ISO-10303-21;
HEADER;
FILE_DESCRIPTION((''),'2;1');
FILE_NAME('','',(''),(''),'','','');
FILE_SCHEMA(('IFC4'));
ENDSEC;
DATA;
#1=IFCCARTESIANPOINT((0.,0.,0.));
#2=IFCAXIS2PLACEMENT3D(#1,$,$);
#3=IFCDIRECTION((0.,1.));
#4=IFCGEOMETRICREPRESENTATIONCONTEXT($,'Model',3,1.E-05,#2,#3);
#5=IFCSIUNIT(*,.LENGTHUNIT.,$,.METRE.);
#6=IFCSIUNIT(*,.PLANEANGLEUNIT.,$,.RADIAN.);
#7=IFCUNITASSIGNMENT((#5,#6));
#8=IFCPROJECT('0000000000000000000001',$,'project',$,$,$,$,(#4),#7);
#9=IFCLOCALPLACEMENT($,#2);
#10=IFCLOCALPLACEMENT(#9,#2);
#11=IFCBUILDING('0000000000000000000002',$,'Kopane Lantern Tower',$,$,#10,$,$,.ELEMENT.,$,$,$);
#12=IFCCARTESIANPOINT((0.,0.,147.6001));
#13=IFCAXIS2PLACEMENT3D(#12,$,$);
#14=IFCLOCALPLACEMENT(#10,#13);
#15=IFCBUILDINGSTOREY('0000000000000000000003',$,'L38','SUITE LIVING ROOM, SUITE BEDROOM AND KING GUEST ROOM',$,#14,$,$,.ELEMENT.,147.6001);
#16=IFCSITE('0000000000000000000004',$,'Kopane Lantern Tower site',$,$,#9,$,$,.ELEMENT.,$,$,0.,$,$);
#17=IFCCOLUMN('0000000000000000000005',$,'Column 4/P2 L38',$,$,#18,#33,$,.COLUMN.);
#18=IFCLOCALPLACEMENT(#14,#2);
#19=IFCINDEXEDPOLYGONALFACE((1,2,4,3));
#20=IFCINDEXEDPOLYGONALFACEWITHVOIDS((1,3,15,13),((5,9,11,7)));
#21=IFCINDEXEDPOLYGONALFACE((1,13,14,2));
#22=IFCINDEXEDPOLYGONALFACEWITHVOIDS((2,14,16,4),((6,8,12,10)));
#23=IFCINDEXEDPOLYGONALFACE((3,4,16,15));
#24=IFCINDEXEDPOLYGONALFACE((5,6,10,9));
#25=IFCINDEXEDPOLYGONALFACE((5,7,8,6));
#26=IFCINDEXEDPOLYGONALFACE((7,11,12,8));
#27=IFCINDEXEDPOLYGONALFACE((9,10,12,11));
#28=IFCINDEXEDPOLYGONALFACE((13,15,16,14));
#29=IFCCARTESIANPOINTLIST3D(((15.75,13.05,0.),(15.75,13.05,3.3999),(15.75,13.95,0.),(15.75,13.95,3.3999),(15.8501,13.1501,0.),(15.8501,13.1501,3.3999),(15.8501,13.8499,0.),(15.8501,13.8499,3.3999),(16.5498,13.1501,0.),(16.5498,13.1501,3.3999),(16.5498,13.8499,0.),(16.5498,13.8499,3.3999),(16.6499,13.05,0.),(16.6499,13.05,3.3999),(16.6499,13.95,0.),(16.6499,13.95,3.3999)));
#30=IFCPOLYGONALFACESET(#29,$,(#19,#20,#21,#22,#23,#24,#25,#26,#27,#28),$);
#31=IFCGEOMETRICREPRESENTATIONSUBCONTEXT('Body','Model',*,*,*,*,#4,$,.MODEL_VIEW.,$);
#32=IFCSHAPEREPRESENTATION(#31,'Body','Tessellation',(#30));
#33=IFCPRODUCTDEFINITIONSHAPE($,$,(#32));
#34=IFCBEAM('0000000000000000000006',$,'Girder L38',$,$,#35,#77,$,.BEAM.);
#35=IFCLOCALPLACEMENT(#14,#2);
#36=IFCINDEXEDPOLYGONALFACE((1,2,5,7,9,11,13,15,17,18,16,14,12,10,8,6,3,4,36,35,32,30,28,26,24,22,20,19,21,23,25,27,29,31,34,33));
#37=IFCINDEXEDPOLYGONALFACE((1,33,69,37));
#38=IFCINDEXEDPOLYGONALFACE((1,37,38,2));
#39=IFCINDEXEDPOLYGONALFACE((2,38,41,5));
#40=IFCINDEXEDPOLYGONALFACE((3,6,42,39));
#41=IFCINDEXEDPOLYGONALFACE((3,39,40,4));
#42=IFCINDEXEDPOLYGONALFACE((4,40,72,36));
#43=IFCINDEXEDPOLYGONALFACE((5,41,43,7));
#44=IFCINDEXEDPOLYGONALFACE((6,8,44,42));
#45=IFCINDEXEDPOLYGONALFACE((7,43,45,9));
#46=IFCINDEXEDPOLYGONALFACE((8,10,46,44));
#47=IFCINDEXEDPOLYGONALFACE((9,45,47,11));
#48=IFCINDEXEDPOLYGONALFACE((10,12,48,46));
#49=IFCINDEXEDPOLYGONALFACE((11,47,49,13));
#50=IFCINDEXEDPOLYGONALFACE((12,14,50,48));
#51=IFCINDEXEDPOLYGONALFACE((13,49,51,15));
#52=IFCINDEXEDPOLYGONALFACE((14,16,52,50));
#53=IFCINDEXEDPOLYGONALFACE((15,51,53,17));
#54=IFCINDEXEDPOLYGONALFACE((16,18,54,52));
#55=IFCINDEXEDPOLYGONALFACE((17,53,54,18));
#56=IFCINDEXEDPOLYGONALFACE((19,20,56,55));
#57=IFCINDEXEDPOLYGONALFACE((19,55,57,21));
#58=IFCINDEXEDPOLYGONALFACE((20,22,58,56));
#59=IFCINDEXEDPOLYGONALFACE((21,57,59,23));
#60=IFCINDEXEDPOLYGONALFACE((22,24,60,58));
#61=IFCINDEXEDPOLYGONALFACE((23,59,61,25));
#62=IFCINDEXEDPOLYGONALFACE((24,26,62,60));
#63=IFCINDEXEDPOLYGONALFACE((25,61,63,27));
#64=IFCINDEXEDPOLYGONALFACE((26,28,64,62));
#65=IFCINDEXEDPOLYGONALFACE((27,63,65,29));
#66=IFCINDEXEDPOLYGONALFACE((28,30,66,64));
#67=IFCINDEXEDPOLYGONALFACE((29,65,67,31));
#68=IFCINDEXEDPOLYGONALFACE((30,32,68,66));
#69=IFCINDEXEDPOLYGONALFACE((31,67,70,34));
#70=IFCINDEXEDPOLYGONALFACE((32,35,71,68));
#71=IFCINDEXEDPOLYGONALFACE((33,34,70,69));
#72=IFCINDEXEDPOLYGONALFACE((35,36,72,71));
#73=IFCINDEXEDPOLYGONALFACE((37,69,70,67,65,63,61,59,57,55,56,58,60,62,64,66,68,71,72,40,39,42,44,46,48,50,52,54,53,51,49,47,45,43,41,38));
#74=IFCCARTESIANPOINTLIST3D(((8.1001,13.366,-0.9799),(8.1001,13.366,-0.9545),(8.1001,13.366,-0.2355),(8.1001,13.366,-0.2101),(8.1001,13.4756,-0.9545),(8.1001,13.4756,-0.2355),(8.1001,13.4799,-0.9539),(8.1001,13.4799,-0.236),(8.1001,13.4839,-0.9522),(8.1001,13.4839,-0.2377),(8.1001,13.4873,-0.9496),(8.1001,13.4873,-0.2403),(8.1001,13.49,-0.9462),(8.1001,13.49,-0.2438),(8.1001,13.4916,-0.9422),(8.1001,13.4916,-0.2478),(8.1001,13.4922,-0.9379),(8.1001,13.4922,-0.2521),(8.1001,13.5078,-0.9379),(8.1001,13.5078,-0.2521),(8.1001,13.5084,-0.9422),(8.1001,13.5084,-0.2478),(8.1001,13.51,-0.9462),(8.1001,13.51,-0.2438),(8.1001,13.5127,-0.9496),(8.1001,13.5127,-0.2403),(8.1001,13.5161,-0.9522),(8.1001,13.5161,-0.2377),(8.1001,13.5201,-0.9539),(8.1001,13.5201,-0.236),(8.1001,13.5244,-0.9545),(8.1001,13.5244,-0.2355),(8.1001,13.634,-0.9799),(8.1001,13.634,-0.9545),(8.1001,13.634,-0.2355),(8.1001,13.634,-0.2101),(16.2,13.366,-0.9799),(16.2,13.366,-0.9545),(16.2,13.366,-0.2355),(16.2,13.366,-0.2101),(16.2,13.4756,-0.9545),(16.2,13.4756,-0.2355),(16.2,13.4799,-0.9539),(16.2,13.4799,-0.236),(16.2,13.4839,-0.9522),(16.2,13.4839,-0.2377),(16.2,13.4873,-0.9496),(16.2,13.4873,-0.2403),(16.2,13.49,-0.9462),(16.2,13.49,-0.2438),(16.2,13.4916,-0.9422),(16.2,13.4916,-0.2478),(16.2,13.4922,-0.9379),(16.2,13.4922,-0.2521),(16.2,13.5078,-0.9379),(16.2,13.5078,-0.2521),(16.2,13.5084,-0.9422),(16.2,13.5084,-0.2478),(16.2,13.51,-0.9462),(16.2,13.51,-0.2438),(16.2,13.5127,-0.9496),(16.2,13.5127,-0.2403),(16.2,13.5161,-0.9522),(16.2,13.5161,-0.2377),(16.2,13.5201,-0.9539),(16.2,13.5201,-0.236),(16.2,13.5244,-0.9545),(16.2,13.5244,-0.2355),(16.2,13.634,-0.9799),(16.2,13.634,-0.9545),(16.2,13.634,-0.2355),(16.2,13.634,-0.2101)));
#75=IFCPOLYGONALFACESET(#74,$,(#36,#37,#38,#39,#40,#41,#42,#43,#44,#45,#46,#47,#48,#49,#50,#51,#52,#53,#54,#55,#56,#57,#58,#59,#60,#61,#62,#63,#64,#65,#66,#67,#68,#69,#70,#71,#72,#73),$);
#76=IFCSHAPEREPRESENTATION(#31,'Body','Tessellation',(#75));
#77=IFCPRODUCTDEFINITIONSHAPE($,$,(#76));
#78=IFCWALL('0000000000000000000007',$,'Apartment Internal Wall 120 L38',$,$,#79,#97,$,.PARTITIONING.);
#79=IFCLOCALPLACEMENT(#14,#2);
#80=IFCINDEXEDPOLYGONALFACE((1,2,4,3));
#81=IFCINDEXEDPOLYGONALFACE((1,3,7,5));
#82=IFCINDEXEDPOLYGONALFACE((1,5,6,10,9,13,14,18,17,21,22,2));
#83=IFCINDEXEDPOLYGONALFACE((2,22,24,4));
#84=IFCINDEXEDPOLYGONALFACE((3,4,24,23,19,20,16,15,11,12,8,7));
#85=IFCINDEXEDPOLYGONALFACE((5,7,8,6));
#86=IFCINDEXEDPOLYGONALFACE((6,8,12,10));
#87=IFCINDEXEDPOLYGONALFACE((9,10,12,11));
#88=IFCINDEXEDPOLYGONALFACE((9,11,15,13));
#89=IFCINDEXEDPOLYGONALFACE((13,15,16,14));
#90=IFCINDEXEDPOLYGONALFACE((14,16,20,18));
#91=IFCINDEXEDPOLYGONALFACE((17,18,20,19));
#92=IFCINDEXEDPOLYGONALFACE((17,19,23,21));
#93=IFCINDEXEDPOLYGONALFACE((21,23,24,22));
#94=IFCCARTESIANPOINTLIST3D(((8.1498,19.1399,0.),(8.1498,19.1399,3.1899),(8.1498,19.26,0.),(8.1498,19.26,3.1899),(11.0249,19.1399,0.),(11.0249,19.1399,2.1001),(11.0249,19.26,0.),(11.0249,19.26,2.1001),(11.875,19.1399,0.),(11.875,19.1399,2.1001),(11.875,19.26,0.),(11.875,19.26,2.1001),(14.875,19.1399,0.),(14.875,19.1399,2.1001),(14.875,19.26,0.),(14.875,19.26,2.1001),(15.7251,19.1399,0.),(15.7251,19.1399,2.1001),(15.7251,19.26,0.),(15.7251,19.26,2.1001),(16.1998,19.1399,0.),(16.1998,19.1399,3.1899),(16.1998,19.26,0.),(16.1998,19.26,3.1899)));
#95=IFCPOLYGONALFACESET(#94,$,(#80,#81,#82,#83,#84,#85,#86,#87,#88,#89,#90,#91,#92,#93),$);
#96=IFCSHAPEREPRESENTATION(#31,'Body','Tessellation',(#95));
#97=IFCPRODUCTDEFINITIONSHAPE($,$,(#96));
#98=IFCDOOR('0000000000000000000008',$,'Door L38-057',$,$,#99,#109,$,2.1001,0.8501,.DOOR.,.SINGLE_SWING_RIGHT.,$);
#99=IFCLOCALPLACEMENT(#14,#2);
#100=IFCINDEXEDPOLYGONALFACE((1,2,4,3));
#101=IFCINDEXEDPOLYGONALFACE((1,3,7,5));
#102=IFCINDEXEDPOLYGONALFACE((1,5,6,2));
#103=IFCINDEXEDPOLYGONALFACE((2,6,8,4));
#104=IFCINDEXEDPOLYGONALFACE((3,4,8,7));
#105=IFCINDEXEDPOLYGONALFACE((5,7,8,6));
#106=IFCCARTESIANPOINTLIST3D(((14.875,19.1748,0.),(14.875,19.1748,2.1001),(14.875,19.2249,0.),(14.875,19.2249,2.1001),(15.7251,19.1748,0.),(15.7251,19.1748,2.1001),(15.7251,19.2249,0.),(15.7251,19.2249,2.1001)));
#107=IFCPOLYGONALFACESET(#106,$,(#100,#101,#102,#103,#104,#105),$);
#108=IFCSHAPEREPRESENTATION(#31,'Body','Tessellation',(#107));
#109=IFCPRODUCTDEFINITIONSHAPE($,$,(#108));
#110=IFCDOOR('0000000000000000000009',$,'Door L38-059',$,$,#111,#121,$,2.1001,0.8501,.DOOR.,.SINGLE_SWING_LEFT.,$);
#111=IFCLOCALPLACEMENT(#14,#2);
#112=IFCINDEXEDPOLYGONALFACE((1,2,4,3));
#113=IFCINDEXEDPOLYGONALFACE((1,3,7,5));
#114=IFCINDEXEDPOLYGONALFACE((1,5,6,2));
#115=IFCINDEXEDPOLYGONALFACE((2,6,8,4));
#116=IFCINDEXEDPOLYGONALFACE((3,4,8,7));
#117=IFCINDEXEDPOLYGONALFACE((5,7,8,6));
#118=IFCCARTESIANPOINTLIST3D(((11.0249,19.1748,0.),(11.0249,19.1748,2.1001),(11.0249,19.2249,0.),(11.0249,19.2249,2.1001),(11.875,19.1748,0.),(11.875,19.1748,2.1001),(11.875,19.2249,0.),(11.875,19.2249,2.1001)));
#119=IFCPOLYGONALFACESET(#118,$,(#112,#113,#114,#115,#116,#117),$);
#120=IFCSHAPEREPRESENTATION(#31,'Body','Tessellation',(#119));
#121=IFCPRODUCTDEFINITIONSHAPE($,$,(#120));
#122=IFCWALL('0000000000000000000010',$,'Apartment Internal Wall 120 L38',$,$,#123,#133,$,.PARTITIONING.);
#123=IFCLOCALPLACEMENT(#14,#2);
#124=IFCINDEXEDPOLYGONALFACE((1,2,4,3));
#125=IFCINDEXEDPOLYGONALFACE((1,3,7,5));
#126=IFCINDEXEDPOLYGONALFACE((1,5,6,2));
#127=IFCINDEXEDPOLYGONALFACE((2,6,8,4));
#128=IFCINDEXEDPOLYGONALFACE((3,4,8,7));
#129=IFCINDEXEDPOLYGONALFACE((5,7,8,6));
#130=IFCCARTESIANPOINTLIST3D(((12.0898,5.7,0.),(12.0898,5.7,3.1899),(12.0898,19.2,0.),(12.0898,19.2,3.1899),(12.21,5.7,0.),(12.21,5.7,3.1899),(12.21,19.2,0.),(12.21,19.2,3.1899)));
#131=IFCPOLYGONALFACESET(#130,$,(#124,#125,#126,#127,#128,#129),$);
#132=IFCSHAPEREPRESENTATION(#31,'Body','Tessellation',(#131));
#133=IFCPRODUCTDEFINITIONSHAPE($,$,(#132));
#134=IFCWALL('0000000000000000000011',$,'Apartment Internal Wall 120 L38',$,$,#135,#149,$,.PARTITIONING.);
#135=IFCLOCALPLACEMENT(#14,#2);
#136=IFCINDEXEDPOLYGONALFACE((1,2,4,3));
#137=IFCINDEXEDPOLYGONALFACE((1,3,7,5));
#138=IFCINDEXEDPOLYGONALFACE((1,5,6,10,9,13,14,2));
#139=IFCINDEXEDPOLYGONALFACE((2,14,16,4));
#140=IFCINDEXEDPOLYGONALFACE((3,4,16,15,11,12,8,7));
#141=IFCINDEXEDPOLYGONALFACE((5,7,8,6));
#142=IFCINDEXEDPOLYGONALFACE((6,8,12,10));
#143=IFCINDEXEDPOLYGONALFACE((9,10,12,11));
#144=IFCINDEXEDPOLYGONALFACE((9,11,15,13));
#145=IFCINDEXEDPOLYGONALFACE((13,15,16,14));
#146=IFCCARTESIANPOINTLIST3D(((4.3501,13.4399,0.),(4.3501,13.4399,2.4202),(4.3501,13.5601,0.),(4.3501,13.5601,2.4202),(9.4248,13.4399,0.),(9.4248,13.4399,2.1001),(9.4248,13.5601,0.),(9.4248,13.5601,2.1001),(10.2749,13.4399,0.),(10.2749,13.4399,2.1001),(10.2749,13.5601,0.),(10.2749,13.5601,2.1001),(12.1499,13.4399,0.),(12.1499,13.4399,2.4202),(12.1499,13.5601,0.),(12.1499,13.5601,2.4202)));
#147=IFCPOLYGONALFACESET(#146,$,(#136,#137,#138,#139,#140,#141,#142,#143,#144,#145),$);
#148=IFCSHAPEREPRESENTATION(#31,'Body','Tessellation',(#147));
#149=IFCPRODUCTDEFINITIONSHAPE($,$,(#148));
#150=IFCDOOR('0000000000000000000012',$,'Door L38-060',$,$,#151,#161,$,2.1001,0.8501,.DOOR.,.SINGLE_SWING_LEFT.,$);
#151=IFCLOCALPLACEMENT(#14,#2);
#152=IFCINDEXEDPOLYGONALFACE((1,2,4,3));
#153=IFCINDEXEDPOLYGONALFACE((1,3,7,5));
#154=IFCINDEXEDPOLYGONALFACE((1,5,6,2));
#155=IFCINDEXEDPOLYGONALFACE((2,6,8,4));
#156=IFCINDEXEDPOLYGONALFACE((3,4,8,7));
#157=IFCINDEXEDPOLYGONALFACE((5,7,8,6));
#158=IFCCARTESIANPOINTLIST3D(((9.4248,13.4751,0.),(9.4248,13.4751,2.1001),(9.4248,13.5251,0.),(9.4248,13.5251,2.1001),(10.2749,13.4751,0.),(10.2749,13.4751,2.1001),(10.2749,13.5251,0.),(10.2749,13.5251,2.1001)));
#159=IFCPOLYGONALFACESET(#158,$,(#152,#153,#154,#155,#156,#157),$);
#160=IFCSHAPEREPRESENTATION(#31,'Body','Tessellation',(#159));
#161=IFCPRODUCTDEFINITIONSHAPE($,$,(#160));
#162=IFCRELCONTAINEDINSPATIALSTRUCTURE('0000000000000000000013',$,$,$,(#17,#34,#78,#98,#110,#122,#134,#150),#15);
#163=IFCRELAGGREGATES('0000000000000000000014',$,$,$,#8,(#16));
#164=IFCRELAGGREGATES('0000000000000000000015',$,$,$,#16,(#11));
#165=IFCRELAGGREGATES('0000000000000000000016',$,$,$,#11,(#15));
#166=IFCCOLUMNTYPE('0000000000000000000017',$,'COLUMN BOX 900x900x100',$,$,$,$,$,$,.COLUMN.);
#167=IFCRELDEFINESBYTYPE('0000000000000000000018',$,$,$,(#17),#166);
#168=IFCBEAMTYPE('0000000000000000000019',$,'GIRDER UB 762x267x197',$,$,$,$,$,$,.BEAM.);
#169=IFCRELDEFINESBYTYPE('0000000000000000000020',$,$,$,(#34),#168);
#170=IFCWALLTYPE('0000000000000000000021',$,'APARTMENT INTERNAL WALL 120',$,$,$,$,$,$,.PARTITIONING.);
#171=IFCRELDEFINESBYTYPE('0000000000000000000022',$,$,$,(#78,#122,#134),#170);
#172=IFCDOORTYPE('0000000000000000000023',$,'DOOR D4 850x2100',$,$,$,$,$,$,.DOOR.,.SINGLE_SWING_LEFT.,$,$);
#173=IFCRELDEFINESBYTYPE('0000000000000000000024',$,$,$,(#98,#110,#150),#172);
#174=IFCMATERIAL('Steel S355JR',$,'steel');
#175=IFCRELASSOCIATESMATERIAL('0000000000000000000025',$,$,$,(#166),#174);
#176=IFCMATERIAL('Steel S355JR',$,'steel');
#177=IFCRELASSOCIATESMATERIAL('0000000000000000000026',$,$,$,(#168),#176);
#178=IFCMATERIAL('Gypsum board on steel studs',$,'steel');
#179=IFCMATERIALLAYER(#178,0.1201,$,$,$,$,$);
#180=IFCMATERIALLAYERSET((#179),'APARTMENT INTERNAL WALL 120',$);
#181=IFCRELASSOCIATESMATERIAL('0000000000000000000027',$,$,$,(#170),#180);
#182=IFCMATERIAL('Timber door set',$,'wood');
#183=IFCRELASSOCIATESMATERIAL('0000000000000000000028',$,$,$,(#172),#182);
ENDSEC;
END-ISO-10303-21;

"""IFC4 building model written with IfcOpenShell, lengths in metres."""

from ifc_helpers import new_model, si_unit, direction, frame, frame_2d, origin, origin_2d, place, context, subcontext, project, spatial, rectangle, hollow_rectangle, i_section, extrude, material, layer, layer_set, material_profile, profile_set, type_object, element, fill, save


model = new_model("IFC4")

# Units and contexts
model_context = context("Model", 3, precision=1e-05, world=origin(), true_north=direction((0.0, 1.0)))
body_context = subcontext(model_context, "Body", "Model", "MODEL_VIEW")
ifc_project = project(units=[si_unit("LENGTHUNIT", "METRE"), si_unit("PLANEANGLEUNIT", "RADIAN")], contexts=[model_context])

# Site, building, storey
site_placement = place(None, origin())
site = spatial("IfcSite", under=ifc_project, at=site_placement, Name="Kopane Lantern Tower site", CompositionType="ELEMENT", RefElevation=0.0)
building_placement = place(site_placement, origin())
building = spatial("IfcBuilding", under=site, at=building_placement, Name="Kopane Lantern Tower", CompositionType="ELEMENT")
storey_placement = place(building_placement, frame((0.0, 0.0, 147.6001)))
storey = spatial("IfcBuildingStorey", under=building, at=storey_placement, Name="L38", Description="SUITE LIVING ROOM, SUITE BEDROOM AND KING GUEST ROOM", CompositionType="ELEMENT", Elevation=147.6001)

# Column
ifc_material_1 = material(Name="Steel S355JR", Category="steel")
ifc_material_profile_1 = material_profile(ifc_material_1, hollow_rectangle(XDim=0.8999, YDim=0.8999, WallThickness=0.1001, at=origin_2d()), Name="BOX 900x900x100")
ifc_profile_set_1 = profile_set([ifc_material_profile_1], Name="Steel S355JR")
column_type = type_object("IfcColumnType", Name="COLUMN BOX 900x900x100", PredefinedType="COLUMN", material=ifc_profile_set_1)
column_placement = place(storey_placement, frame((16.2, 13.5, 0.0), z_axis=(0.0, 0.0, 1.0), x_axis=(1.0, 0.0, 0.0)))
element("IfcColumn", 1, at=column_placement, inside=storey, type_object=column_type, Name="Column 4/P2 L38", PredefinedType="COLUMN", context=body_context, shape_type="SweptSolid", body=[
    extrude(hollow_rectangle(XDim=0.8999, YDim=0.8999, WallThickness=0.1001, at=origin_2d()), origin(), (0.0, 0.0, 1.0), 3.3999),
])

# Beam
ifc_material_2 = material(Name="Steel S355JR", Category="steel")
ifc_material_profile_2 = material_profile(ifc_material_2, i_section(OverallWidth=0.2681, OverallDepth=0.7698, WebThickness=0.0156, FlangeThickness=0.0254, FilletRadius=0.0166, at=origin_2d()), Name="UB 762x267x197")
ifc_profile_set_2 = profile_set([ifc_material_profile_2], Name="Steel S355JR")
beam_type = type_object("IfcBeamType", Name="GIRDER UB 762x267x197", PredefinedType="BEAM", material=ifc_profile_set_2)
beam_placement = place(storey_placement, frame((8.1001, 13.5, -0.595), z_axis=(1.0, 0.0, 0.0), x_axis=(0.0, 1.0, 0.0)))
element("IfcBeam", 2, at=beam_placement, inside=storey, type_object=beam_type, Name="Girder L38", PredefinedType="BEAM", context=body_context, shape_type="SweptSolid", body=[
    extrude(i_section(OverallWidth=0.2681, OverallDepth=0.7698, WebThickness=0.0156, FlangeThickness=0.0254, FilletRadius=0.0166, at=origin_2d()), origin(), (0.0, 0.0, 1.0), 8.0999),
])

# Wall, openings, doors
ifc_material_3 = material(Name="Gypsum board on steel studs", Category="steel")
ifc_layer = layer(ifc_material_3, 0.1201)
ifc_layer_set = layer_set([ifc_layer], Name="APARTMENT INTERNAL WALL 120")
wall_type = type_object("IfcWallType", Name="APARTMENT INTERNAL WALL 120", PredefinedType="PARTITIONING", material=ifc_layer_set)
wall_1_placement = place(storey_placement, frame((8.1499, 19.2, 0.0), z_axis=(0.0, 0.0, 1.0), x_axis=(1.0, 0.0, 0.0)))
wall_1 = element("IfcWall", 3, at=wall_1_placement, inside=storey, type_object=wall_type, Name="Apartment Internal Wall 120 L38", PredefinedType="PARTITIONING", context=body_context, shape_type="SweptSolid", body=[
    extrude(rectangle(XDim=8.05, YDim=0.1201, at=frame_2d((4.0249, 0.0))), origin(), (0.0, 0.0, 1.0), 3.1899),
])
opening_1_placement = place(wall_1_placement, frame((6.7251, 0.0, 0.0)))
opening_1 = element("IfcOpeningElement", 4, at=opening_1_placement, cuts=wall_1, PredefinedType="OPENING", context=body_context, shape_type="SweptSolid", body=[
    extrude(rectangle(XDim=0.8501, YDim=2.1001, at=frame_2d((0.425, 1.05))), frame((0.0, 0.0701, 0.0), z_axis=(0.0, -1.0, 0.0), x_axis=(1.0, 0.0, 0.0)), (0.0, 0.0, 1.0), 0.1401),
])
opening_2_placement = place(wall_1_placement, frame((2.875, 0.0, 0.0)))
opening_2 = element("IfcOpeningElement", 5, at=opening_2_placement, cuts=wall_1, PredefinedType="OPENING", context=body_context, shape_type="SweptSolid", body=[
    extrude(rectangle(XDim=0.8501, YDim=2.1001, at=frame_2d((0.425, 1.05))), frame((0.0, 0.0701, 0.0), z_axis=(0.0, -1.0, 0.0), x_axis=(1.0, 0.0, 0.0)), (0.0, 0.0, 1.0), 0.1401),
])
ifc_material_4 = material(Name="Timber door set", Category="wood")
door_type = type_object("IfcDoorType", Name="DOOR D4 850x2100", OperationType="SINGLE_SWING_LEFT", PredefinedType="DOOR", material=ifc_material_4)
door_1_placement = place(opening_1_placement, origin())
door_1 = element("IfcDoor", 6, at=door_1_placement, inside=storey, type_object=door_type, Name="Door L38-057", OperationType="SINGLE_SWING_RIGHT", OverallHeight=2.1001, OverallWidth=0.8501, PredefinedType="DOOR", context=body_context, shape_type="SweptSolid", body=[
    extrude(rectangle(XDim=0.8501, YDim=2.1001, at=frame_2d((0.425, 1.05))), frame((0.0, 0.0249, 0.0), z_axis=(0.0, -1.0, 0.0), x_axis=(1.0, 0.0, 0.0)), (0.0, 0.0, 1.0), 0.05),
])
fill(opening_1, door_1)
door_2_placement = place(opening_2_placement, origin())
door_2 = element("IfcDoor", 7, at=door_2_placement, inside=storey, type_object=door_type, Name="Door L38-059", OperationType="SINGLE_SWING_LEFT", OverallHeight=2.1001, OverallWidth=0.8501, PredefinedType="DOOR", context=body_context, shape_type="SweptSolid", body=[
    extrude(rectangle(XDim=0.8501, YDim=2.1001, at=frame_2d((0.425, 1.05))), frame((0.0, 0.0249, 0.0), z_axis=(0.0, -1.0, 0.0), x_axis=(1.0, 0.0, 0.0)), (0.0, 0.0, 1.0), 0.05),
])
fill(opening_2, door_2)

# Wall
wall_2_placement = place(storey_placement, frame((12.1499, 19.2, 0.0), z_axis=(0.0, 0.0, 1.0), x_axis=(0.0, -1.0, 0.0)))
element("IfcWall", 8, at=wall_2_placement, inside=storey, type_object=wall_type, Name="Apartment Internal Wall 120 L38", PredefinedType="PARTITIONING", context=body_context, shape_type="SweptSolid", body=[
    extrude(rectangle(XDim=13.5, YDim=0.1201, at=frame_2d((6.75, 0.0))), origin(), (0.0, 0.0, 1.0), 3.1899),
])

# Wall, opening, door
wall_3_placement = place(storey_placement, frame((12.1499, 13.5, 0.0), z_axis=(0.0, 0.0, 1.0), x_axis=(-1.0, 0.0, 0.0)))
wall_3 = element("IfcWall", 9, at=wall_3_placement, inside=storey, type_object=wall_type, Name="Apartment Internal Wall 120 L38", PredefinedType="PARTITIONING", context=body_context, shape_type="SweptSolid", body=[
    extrude(rectangle(XDim=7.7998, YDim=0.1201, at=frame_2d((3.8999, 0.0))), origin(), (0.0, 0.0, 1.0), 2.4202),
])
opening_3_placement = place(wall_3_placement, frame((1.875, 0.0, 0.0)))
opening_3 = element("IfcOpeningElement", 10, at=opening_3_placement, cuts=wall_3, PredefinedType="OPENING", context=body_context, shape_type="SweptSolid", body=[
    extrude(rectangle(XDim=0.8501, YDim=2.1001, at=frame_2d((0.425, 1.05))), frame((0.0, 0.0701, 0.0), z_axis=(0.0, -1.0, 0.0), x_axis=(1.0, 0.0, 0.0)), (0.0, 0.0, 1.0), 0.1401),
])
door_3_placement = place(opening_3_placement, origin())
door_3 = element("IfcDoor", 11, at=door_3_placement, inside=storey, type_object=door_type, Name="Door L38-060", OperationType="SINGLE_SWING_LEFT", OverallHeight=2.1001, OverallWidth=0.8501, PredefinedType="DOOR", context=body_context, shape_type="SweptSolid", body=[
    extrude(rectangle(XDim=0.8501, YDim=2.1001, at=frame_2d((0.425, 1.05))), frame((0.0, 0.0249, 0.0), z_axis=(0.0, -1.0, 0.0), x_axis=(1.0, 0.0, 0.0)), (0.0, 0.0, 1.0), 0.05),
])
fill(opening_3, door_3)

save(model, "model.ifc")
